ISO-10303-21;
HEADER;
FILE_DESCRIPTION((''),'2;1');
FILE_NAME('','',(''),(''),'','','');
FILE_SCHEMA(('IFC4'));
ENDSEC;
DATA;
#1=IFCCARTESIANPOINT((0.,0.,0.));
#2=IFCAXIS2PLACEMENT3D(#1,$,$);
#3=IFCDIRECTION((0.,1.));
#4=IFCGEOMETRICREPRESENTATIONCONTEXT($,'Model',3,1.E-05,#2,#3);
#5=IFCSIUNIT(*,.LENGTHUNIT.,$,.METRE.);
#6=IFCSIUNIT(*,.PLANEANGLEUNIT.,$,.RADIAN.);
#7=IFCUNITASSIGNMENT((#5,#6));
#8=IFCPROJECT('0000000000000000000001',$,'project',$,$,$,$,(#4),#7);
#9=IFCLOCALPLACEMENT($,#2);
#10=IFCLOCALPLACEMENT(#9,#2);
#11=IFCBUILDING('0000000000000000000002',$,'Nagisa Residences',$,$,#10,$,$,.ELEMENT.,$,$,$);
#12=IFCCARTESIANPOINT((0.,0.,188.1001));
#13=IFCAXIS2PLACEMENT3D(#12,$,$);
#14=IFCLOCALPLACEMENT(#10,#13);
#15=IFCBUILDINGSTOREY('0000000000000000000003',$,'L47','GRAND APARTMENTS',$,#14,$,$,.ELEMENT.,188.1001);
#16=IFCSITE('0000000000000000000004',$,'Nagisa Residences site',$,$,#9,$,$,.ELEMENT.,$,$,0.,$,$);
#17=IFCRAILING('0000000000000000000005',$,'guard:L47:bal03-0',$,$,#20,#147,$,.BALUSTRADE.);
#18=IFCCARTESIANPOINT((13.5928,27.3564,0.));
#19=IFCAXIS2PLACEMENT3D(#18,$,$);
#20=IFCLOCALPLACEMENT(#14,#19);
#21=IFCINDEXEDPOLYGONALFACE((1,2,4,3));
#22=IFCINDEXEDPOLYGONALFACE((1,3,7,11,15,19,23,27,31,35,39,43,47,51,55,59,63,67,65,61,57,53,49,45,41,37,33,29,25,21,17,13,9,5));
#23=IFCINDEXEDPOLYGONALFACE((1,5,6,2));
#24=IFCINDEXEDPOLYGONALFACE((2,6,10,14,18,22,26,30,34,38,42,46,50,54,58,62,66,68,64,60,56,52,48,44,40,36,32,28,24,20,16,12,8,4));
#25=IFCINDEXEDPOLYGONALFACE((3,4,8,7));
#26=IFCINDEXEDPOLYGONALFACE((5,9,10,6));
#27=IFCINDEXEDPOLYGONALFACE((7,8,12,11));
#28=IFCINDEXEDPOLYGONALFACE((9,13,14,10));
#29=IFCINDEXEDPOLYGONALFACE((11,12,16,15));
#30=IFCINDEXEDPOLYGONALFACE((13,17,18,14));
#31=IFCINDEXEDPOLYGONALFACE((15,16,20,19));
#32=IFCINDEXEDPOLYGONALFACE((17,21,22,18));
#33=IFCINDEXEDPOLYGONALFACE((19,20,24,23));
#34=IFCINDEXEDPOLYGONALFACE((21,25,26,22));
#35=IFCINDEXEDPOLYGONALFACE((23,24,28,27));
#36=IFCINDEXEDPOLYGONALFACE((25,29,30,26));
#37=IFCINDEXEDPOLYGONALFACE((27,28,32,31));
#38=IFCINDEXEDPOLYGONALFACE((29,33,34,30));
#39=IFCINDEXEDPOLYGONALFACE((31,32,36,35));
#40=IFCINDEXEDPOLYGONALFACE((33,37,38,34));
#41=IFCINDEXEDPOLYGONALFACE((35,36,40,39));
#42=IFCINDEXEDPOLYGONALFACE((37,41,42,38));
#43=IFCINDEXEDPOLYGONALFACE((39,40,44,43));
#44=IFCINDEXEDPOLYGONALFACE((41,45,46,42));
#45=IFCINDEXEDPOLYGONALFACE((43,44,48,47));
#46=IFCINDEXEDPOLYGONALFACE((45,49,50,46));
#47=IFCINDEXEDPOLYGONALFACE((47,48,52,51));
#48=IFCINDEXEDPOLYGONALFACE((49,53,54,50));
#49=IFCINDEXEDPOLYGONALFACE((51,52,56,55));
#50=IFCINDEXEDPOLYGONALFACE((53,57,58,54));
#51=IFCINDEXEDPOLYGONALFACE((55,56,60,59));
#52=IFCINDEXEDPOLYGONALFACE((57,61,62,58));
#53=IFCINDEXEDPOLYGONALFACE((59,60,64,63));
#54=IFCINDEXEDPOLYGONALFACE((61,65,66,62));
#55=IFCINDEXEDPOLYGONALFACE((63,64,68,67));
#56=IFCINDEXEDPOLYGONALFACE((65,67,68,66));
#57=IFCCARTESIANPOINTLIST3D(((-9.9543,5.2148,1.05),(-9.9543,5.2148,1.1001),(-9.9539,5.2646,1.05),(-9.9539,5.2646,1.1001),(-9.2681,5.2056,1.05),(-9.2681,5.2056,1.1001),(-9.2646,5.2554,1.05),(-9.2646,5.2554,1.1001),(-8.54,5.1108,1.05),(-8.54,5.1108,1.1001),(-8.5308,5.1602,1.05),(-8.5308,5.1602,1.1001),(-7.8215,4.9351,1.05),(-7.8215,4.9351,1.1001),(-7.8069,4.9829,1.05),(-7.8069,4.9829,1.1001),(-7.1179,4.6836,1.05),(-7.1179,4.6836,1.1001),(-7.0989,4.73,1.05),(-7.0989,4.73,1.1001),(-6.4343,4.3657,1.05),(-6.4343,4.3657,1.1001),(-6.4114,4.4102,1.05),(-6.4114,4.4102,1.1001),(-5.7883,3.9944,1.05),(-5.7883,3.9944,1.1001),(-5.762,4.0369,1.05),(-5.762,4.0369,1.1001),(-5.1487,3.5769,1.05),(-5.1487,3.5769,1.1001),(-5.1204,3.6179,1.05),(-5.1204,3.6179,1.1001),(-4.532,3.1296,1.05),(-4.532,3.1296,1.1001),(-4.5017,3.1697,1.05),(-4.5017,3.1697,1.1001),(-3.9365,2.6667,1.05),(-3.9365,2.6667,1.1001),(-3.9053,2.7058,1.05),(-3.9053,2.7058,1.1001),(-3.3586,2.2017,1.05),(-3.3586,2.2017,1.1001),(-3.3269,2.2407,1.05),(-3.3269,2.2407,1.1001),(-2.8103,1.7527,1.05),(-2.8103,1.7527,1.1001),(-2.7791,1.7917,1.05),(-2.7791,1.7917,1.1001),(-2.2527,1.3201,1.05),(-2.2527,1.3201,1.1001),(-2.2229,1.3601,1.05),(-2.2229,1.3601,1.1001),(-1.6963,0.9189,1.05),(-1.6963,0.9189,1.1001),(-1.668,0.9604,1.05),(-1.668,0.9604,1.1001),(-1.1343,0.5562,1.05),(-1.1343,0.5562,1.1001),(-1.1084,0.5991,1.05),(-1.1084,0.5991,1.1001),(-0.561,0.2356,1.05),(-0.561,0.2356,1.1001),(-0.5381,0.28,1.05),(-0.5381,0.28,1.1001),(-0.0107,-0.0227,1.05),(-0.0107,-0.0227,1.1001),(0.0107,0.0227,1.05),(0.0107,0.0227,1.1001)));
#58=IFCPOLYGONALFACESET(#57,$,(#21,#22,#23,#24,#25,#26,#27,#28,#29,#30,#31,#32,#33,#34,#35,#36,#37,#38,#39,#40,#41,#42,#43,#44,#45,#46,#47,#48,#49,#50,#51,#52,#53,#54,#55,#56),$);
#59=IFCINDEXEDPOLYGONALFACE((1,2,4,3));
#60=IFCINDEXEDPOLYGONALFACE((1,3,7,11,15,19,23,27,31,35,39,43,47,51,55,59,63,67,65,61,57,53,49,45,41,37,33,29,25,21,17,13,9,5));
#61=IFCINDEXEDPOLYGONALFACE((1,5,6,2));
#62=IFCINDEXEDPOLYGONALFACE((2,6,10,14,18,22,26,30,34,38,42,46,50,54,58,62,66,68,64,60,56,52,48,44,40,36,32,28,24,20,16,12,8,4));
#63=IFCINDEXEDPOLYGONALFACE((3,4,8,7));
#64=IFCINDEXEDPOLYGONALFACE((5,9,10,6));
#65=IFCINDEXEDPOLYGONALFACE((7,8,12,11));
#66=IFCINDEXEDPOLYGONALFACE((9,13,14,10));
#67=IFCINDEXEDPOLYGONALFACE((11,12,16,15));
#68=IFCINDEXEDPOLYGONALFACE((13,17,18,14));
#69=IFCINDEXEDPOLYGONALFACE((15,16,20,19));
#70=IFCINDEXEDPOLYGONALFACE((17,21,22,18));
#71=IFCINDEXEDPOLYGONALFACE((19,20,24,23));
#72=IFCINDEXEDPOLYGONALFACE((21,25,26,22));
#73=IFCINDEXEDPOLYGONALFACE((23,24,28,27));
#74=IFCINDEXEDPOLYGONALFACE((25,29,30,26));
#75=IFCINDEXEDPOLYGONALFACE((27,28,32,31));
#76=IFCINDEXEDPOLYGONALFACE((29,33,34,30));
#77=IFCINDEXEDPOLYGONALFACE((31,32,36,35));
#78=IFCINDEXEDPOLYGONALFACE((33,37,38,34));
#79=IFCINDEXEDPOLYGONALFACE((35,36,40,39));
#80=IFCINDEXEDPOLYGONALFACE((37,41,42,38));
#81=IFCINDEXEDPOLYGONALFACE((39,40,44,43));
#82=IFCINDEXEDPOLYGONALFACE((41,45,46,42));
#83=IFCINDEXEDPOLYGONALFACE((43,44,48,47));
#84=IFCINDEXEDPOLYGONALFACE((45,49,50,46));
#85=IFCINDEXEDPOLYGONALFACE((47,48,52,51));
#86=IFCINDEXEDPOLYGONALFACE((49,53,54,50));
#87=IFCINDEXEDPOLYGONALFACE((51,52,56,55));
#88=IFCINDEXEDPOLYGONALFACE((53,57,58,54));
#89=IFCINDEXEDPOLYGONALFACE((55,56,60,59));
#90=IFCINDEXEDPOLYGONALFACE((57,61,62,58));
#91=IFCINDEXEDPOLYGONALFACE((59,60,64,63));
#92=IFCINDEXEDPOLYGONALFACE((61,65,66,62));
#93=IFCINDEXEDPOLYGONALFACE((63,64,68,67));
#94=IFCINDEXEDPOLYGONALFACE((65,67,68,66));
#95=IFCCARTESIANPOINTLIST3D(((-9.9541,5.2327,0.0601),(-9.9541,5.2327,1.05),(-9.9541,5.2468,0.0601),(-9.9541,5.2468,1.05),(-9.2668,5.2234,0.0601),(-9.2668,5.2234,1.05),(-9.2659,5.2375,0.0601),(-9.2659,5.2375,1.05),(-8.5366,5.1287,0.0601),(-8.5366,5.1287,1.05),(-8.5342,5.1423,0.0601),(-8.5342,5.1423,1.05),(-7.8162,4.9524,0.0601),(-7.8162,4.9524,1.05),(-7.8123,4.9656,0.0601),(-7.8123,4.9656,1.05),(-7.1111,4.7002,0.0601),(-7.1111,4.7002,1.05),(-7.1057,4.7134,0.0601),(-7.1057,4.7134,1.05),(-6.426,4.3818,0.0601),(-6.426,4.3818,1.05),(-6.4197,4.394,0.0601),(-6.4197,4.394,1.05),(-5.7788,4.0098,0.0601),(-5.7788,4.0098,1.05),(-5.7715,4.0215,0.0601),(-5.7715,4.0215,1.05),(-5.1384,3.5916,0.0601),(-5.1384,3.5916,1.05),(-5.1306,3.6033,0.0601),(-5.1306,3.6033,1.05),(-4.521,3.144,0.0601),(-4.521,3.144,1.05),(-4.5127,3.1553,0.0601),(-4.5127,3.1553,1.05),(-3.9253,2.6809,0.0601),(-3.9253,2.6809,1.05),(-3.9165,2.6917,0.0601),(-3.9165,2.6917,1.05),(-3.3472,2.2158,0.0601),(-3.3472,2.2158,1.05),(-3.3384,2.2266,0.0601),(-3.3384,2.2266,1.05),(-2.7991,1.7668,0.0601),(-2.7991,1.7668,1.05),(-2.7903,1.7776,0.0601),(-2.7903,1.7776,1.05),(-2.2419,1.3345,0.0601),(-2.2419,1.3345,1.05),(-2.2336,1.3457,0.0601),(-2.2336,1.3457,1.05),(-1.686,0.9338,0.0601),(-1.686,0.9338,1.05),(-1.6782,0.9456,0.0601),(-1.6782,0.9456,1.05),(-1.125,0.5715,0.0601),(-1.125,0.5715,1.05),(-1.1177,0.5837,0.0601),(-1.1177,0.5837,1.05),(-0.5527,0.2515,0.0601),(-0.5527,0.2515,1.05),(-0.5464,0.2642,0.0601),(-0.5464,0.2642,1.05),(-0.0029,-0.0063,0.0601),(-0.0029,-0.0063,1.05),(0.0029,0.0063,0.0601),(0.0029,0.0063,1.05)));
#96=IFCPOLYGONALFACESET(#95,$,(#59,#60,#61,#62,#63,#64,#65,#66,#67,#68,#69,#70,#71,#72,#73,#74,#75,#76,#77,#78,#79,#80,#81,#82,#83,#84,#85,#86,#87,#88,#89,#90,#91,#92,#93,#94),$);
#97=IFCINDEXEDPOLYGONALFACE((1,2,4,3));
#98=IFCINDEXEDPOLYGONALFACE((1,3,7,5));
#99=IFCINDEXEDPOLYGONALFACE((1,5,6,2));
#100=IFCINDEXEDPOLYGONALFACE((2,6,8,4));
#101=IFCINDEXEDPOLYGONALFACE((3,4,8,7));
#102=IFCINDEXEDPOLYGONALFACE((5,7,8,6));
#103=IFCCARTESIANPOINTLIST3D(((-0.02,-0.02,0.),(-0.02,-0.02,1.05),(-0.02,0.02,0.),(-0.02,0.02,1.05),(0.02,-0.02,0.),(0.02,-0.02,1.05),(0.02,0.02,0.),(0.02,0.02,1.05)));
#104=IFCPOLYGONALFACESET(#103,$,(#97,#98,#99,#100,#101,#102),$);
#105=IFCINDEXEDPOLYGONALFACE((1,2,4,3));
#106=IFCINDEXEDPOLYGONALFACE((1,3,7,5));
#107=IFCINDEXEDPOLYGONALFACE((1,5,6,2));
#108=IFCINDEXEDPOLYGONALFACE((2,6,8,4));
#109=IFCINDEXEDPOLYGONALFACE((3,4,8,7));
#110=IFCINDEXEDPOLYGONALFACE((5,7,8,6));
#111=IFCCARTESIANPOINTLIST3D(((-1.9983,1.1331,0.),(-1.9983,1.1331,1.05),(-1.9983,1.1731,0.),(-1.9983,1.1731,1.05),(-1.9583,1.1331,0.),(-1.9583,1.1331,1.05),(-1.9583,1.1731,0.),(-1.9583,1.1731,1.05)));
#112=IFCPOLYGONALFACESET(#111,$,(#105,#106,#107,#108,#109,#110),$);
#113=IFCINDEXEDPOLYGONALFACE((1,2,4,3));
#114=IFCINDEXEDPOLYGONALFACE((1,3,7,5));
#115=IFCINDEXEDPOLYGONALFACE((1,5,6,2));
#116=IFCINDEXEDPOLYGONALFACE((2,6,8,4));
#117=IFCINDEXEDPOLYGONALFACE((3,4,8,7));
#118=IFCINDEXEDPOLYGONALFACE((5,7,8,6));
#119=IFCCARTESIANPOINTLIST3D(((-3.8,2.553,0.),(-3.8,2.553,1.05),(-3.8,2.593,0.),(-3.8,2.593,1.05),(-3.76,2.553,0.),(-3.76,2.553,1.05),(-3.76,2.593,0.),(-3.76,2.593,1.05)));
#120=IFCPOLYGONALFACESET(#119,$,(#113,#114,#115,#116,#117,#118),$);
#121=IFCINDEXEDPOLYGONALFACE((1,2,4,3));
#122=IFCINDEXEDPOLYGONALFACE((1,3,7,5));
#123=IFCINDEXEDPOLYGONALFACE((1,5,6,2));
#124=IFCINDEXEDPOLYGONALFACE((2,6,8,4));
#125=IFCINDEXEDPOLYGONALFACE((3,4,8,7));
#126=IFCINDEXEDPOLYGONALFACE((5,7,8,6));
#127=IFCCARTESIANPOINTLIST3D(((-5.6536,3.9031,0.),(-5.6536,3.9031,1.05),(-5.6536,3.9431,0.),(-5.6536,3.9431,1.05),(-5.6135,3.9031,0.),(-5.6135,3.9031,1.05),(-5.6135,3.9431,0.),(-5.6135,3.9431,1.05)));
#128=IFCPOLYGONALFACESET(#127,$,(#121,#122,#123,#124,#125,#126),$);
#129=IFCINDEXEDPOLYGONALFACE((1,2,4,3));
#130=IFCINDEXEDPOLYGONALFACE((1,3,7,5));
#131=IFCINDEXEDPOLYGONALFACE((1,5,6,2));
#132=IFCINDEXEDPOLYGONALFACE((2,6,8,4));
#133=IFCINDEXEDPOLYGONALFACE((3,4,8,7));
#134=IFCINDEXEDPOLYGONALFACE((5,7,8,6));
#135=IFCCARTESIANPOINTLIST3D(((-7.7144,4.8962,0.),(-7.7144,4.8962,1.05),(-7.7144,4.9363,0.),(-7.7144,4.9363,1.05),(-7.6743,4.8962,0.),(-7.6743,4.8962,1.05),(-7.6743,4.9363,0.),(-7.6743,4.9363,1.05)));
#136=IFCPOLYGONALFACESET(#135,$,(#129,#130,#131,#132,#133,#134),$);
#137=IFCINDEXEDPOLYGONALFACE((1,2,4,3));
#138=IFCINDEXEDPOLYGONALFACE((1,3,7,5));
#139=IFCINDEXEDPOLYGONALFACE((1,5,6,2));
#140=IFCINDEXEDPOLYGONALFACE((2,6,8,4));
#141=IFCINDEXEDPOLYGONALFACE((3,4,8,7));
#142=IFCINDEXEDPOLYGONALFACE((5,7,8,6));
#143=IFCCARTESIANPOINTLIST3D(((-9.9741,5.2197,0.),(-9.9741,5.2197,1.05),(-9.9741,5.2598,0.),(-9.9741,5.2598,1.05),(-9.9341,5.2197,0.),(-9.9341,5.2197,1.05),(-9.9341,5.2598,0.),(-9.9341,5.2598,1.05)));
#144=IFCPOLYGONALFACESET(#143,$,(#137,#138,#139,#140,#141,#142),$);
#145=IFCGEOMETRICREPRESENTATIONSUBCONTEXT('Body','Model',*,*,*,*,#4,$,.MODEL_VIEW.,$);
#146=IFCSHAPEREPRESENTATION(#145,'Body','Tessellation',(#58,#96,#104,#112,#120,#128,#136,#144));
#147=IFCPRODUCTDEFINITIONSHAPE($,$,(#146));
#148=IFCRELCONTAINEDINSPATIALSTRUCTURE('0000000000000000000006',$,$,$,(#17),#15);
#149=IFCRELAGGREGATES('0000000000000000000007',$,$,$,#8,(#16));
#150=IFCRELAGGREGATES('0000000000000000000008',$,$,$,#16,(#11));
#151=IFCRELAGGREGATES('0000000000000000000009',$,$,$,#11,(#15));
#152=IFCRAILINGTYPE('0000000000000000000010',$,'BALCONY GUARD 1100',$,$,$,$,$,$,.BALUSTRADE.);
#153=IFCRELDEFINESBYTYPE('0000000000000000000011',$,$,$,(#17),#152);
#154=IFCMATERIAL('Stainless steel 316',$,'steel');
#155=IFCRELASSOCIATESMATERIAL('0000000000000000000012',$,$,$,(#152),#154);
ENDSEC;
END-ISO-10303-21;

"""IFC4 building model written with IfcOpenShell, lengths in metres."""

from ifc_helpers import new_model, si_unit, direction, frame, origin, origin_2d, place, context, subcontext, project, spatial, polyline, rectangle, outline, extrude, material, type_object, element, save


model = new_model("IFC4")

# Units and contexts
model_context = context("Model", 3, precision=1e-05, world=origin(), true_north=direction((0.0, 1.0)))
body_context = subcontext(model_context, "Body", "Model", "MODEL_VIEW")
ifc_project = project(units=[si_unit("LENGTHUNIT", "METRE"), si_unit("PLANEANGLEUNIT", "RADIAN")], contexts=[model_context])

# Site, building, storey
site_placement = place(None, origin())
site = spatial("IfcSite", under=ifc_project, at=site_placement, Name="Nagisa Residences site", CompositionType="ELEMENT", RefElevation=0.0)
building_placement = place(site_placement, origin())
building = spatial("IfcBuilding", under=site, at=building_placement, Name="Nagisa Residences", CompositionType="ELEMENT")
storey_placement = place(building_placement, frame((0.0, 0.0, 188.1001)))
storey = spatial("IfcBuildingStorey", under=building, at=storey_placement, Name="L47", Description="GRAND APARTMENTS", CompositionType="ELEMENT", Elevation=188.1001)

# Railing
ifc_material_1 = material(Name="Stainless steel 316", Category="steel")
railing_type = type_object("IfcRailingType", Name="BALCONY GUARD 1100", PredefinedType="BALUSTRADE", material=ifc_material_1)
railing_1_placement = place(storey_placement, frame((13.5928, 27.3564, 0.0)))
element("IfcRailing", 1, at=railing_1_placement, inside=storey, type_object=railing_type, Name="guard:L47:bal03-0", PredefinedType="BALUSTRADE", context=body_context, shape_type="SweptSolid", body=[
    extrude(outline(polyline([(-0.561, 0.2356), (-0.0107, -0.0227), (0.0107, 0.0227), (-0.5381, 0.28), (-1.1084, 0.5991), (-1.668, 0.9604), (-2.2229, 1.3601), (-2.7791, 1.7917), (-3.3269, 2.2407), (-3.9053, 2.7058), (-4.5017, 3.1697), (-5.1204, 3.6179), (-5.762, 4.0369), (-6.4114, 4.4102), (-7.0989, 4.73), (-7.8069, 4.9829), (-8.5308, 5.1602), (-9.2646, 5.2554), (-9.9539, 5.2646), (-9.9543, 5.2148), (-9.2681, 5.2056), (-8.54, 5.1108), (-7.8215, 4.9351), (-7.1179, 4.6836), (-6.4343, 4.3657), (-5.7883, 3.9944), (-5.1487, 3.5769), (-4.532, 3.1296), (-3.9365, 2.6667), (-3.3586, 2.2017), (-2.8103, 1.7527), (-2.2527, 1.3201), (-1.6963, 0.9189), (-1.1343, 0.5562), (-0.561, 0.2356)])), frame((0.0, 0.0, 1.05)), (0.0, 0.0, 1.0), 0.05),
    extrude(outline(polyline([(-0.5527, 0.2515), (-0.0029, -0.0063), (0.0029, 0.0063), (-0.5464, 0.2642), (-1.1177, 0.5837), (-1.6782, 0.9456), (-2.2336, 1.3457), (-2.7903, 1.7776), (-3.3384, 2.2266), (-3.9165, 2.6917), (-4.5127, 3.1553), (-5.1306, 3.6033), (-5.7715, 4.0215), (-6.4197, 4.394), (-7.1057, 4.7134), (-7.8123, 4.9656), (-8.5342, 5.1423), (-9.2659, 5.2375), (-9.9541, 5.2468), (-9.9541, 5.2327), (-9.2668, 5.2234), (-8.5366, 5.1287), (-7.8162, 4.9524), (-7.1111, 4.7002), (-6.426, 4.3818), (-5.7788, 4.0098), (-5.1384, 3.5916), (-4.521, 3.144), (-3.9253, 2.6809), (-3.3472, 2.2158), (-2.7991, 1.7668), (-2.2419, 1.3345), (-1.686, 0.9338), (-1.125, 0.5715), (-0.5527, 0.2515)])), frame((0.0, 0.0, 0.0601)), (0.0, 0.0, 1.0), 0.99),
    extrude(rectangle(XDim=0.04, YDim=0.04, at=origin_2d()), origin(), (0.0, 0.0, 1.0), 1.05),
    extrude(rectangle(XDim=0.04, YDim=0.04, at=origin_2d()), frame((-1.9783, 1.1531, 0.0)), (0.0, 0.0, 1.0), 1.05),
    extrude(rectangle(XDim=0.04, YDim=0.04, at=origin_2d()), frame((-3.78, 2.573, 0.0)), (0.0, 0.0, 1.0), 1.05),
    extrude(rectangle(XDim=0.04, YDim=0.04, at=origin_2d()), frame((-5.6335, 3.9231, 0.0)), (0.0, 0.0, 1.0), 1.05),
    extrude(rectangle(XDim=0.04, YDim=0.04, at=origin_2d()), frame((-7.6943, 4.9163, 0.0)), (0.0, 0.0, 1.0), 1.05),
    extrude(rectangle(XDim=0.04, YDim=0.04, at=origin_2d()), frame((-9.9541, 5.2397, 0.0)), (0.0, 0.0, 1.0), 1.05),
])

save(model, "model.ifc")
